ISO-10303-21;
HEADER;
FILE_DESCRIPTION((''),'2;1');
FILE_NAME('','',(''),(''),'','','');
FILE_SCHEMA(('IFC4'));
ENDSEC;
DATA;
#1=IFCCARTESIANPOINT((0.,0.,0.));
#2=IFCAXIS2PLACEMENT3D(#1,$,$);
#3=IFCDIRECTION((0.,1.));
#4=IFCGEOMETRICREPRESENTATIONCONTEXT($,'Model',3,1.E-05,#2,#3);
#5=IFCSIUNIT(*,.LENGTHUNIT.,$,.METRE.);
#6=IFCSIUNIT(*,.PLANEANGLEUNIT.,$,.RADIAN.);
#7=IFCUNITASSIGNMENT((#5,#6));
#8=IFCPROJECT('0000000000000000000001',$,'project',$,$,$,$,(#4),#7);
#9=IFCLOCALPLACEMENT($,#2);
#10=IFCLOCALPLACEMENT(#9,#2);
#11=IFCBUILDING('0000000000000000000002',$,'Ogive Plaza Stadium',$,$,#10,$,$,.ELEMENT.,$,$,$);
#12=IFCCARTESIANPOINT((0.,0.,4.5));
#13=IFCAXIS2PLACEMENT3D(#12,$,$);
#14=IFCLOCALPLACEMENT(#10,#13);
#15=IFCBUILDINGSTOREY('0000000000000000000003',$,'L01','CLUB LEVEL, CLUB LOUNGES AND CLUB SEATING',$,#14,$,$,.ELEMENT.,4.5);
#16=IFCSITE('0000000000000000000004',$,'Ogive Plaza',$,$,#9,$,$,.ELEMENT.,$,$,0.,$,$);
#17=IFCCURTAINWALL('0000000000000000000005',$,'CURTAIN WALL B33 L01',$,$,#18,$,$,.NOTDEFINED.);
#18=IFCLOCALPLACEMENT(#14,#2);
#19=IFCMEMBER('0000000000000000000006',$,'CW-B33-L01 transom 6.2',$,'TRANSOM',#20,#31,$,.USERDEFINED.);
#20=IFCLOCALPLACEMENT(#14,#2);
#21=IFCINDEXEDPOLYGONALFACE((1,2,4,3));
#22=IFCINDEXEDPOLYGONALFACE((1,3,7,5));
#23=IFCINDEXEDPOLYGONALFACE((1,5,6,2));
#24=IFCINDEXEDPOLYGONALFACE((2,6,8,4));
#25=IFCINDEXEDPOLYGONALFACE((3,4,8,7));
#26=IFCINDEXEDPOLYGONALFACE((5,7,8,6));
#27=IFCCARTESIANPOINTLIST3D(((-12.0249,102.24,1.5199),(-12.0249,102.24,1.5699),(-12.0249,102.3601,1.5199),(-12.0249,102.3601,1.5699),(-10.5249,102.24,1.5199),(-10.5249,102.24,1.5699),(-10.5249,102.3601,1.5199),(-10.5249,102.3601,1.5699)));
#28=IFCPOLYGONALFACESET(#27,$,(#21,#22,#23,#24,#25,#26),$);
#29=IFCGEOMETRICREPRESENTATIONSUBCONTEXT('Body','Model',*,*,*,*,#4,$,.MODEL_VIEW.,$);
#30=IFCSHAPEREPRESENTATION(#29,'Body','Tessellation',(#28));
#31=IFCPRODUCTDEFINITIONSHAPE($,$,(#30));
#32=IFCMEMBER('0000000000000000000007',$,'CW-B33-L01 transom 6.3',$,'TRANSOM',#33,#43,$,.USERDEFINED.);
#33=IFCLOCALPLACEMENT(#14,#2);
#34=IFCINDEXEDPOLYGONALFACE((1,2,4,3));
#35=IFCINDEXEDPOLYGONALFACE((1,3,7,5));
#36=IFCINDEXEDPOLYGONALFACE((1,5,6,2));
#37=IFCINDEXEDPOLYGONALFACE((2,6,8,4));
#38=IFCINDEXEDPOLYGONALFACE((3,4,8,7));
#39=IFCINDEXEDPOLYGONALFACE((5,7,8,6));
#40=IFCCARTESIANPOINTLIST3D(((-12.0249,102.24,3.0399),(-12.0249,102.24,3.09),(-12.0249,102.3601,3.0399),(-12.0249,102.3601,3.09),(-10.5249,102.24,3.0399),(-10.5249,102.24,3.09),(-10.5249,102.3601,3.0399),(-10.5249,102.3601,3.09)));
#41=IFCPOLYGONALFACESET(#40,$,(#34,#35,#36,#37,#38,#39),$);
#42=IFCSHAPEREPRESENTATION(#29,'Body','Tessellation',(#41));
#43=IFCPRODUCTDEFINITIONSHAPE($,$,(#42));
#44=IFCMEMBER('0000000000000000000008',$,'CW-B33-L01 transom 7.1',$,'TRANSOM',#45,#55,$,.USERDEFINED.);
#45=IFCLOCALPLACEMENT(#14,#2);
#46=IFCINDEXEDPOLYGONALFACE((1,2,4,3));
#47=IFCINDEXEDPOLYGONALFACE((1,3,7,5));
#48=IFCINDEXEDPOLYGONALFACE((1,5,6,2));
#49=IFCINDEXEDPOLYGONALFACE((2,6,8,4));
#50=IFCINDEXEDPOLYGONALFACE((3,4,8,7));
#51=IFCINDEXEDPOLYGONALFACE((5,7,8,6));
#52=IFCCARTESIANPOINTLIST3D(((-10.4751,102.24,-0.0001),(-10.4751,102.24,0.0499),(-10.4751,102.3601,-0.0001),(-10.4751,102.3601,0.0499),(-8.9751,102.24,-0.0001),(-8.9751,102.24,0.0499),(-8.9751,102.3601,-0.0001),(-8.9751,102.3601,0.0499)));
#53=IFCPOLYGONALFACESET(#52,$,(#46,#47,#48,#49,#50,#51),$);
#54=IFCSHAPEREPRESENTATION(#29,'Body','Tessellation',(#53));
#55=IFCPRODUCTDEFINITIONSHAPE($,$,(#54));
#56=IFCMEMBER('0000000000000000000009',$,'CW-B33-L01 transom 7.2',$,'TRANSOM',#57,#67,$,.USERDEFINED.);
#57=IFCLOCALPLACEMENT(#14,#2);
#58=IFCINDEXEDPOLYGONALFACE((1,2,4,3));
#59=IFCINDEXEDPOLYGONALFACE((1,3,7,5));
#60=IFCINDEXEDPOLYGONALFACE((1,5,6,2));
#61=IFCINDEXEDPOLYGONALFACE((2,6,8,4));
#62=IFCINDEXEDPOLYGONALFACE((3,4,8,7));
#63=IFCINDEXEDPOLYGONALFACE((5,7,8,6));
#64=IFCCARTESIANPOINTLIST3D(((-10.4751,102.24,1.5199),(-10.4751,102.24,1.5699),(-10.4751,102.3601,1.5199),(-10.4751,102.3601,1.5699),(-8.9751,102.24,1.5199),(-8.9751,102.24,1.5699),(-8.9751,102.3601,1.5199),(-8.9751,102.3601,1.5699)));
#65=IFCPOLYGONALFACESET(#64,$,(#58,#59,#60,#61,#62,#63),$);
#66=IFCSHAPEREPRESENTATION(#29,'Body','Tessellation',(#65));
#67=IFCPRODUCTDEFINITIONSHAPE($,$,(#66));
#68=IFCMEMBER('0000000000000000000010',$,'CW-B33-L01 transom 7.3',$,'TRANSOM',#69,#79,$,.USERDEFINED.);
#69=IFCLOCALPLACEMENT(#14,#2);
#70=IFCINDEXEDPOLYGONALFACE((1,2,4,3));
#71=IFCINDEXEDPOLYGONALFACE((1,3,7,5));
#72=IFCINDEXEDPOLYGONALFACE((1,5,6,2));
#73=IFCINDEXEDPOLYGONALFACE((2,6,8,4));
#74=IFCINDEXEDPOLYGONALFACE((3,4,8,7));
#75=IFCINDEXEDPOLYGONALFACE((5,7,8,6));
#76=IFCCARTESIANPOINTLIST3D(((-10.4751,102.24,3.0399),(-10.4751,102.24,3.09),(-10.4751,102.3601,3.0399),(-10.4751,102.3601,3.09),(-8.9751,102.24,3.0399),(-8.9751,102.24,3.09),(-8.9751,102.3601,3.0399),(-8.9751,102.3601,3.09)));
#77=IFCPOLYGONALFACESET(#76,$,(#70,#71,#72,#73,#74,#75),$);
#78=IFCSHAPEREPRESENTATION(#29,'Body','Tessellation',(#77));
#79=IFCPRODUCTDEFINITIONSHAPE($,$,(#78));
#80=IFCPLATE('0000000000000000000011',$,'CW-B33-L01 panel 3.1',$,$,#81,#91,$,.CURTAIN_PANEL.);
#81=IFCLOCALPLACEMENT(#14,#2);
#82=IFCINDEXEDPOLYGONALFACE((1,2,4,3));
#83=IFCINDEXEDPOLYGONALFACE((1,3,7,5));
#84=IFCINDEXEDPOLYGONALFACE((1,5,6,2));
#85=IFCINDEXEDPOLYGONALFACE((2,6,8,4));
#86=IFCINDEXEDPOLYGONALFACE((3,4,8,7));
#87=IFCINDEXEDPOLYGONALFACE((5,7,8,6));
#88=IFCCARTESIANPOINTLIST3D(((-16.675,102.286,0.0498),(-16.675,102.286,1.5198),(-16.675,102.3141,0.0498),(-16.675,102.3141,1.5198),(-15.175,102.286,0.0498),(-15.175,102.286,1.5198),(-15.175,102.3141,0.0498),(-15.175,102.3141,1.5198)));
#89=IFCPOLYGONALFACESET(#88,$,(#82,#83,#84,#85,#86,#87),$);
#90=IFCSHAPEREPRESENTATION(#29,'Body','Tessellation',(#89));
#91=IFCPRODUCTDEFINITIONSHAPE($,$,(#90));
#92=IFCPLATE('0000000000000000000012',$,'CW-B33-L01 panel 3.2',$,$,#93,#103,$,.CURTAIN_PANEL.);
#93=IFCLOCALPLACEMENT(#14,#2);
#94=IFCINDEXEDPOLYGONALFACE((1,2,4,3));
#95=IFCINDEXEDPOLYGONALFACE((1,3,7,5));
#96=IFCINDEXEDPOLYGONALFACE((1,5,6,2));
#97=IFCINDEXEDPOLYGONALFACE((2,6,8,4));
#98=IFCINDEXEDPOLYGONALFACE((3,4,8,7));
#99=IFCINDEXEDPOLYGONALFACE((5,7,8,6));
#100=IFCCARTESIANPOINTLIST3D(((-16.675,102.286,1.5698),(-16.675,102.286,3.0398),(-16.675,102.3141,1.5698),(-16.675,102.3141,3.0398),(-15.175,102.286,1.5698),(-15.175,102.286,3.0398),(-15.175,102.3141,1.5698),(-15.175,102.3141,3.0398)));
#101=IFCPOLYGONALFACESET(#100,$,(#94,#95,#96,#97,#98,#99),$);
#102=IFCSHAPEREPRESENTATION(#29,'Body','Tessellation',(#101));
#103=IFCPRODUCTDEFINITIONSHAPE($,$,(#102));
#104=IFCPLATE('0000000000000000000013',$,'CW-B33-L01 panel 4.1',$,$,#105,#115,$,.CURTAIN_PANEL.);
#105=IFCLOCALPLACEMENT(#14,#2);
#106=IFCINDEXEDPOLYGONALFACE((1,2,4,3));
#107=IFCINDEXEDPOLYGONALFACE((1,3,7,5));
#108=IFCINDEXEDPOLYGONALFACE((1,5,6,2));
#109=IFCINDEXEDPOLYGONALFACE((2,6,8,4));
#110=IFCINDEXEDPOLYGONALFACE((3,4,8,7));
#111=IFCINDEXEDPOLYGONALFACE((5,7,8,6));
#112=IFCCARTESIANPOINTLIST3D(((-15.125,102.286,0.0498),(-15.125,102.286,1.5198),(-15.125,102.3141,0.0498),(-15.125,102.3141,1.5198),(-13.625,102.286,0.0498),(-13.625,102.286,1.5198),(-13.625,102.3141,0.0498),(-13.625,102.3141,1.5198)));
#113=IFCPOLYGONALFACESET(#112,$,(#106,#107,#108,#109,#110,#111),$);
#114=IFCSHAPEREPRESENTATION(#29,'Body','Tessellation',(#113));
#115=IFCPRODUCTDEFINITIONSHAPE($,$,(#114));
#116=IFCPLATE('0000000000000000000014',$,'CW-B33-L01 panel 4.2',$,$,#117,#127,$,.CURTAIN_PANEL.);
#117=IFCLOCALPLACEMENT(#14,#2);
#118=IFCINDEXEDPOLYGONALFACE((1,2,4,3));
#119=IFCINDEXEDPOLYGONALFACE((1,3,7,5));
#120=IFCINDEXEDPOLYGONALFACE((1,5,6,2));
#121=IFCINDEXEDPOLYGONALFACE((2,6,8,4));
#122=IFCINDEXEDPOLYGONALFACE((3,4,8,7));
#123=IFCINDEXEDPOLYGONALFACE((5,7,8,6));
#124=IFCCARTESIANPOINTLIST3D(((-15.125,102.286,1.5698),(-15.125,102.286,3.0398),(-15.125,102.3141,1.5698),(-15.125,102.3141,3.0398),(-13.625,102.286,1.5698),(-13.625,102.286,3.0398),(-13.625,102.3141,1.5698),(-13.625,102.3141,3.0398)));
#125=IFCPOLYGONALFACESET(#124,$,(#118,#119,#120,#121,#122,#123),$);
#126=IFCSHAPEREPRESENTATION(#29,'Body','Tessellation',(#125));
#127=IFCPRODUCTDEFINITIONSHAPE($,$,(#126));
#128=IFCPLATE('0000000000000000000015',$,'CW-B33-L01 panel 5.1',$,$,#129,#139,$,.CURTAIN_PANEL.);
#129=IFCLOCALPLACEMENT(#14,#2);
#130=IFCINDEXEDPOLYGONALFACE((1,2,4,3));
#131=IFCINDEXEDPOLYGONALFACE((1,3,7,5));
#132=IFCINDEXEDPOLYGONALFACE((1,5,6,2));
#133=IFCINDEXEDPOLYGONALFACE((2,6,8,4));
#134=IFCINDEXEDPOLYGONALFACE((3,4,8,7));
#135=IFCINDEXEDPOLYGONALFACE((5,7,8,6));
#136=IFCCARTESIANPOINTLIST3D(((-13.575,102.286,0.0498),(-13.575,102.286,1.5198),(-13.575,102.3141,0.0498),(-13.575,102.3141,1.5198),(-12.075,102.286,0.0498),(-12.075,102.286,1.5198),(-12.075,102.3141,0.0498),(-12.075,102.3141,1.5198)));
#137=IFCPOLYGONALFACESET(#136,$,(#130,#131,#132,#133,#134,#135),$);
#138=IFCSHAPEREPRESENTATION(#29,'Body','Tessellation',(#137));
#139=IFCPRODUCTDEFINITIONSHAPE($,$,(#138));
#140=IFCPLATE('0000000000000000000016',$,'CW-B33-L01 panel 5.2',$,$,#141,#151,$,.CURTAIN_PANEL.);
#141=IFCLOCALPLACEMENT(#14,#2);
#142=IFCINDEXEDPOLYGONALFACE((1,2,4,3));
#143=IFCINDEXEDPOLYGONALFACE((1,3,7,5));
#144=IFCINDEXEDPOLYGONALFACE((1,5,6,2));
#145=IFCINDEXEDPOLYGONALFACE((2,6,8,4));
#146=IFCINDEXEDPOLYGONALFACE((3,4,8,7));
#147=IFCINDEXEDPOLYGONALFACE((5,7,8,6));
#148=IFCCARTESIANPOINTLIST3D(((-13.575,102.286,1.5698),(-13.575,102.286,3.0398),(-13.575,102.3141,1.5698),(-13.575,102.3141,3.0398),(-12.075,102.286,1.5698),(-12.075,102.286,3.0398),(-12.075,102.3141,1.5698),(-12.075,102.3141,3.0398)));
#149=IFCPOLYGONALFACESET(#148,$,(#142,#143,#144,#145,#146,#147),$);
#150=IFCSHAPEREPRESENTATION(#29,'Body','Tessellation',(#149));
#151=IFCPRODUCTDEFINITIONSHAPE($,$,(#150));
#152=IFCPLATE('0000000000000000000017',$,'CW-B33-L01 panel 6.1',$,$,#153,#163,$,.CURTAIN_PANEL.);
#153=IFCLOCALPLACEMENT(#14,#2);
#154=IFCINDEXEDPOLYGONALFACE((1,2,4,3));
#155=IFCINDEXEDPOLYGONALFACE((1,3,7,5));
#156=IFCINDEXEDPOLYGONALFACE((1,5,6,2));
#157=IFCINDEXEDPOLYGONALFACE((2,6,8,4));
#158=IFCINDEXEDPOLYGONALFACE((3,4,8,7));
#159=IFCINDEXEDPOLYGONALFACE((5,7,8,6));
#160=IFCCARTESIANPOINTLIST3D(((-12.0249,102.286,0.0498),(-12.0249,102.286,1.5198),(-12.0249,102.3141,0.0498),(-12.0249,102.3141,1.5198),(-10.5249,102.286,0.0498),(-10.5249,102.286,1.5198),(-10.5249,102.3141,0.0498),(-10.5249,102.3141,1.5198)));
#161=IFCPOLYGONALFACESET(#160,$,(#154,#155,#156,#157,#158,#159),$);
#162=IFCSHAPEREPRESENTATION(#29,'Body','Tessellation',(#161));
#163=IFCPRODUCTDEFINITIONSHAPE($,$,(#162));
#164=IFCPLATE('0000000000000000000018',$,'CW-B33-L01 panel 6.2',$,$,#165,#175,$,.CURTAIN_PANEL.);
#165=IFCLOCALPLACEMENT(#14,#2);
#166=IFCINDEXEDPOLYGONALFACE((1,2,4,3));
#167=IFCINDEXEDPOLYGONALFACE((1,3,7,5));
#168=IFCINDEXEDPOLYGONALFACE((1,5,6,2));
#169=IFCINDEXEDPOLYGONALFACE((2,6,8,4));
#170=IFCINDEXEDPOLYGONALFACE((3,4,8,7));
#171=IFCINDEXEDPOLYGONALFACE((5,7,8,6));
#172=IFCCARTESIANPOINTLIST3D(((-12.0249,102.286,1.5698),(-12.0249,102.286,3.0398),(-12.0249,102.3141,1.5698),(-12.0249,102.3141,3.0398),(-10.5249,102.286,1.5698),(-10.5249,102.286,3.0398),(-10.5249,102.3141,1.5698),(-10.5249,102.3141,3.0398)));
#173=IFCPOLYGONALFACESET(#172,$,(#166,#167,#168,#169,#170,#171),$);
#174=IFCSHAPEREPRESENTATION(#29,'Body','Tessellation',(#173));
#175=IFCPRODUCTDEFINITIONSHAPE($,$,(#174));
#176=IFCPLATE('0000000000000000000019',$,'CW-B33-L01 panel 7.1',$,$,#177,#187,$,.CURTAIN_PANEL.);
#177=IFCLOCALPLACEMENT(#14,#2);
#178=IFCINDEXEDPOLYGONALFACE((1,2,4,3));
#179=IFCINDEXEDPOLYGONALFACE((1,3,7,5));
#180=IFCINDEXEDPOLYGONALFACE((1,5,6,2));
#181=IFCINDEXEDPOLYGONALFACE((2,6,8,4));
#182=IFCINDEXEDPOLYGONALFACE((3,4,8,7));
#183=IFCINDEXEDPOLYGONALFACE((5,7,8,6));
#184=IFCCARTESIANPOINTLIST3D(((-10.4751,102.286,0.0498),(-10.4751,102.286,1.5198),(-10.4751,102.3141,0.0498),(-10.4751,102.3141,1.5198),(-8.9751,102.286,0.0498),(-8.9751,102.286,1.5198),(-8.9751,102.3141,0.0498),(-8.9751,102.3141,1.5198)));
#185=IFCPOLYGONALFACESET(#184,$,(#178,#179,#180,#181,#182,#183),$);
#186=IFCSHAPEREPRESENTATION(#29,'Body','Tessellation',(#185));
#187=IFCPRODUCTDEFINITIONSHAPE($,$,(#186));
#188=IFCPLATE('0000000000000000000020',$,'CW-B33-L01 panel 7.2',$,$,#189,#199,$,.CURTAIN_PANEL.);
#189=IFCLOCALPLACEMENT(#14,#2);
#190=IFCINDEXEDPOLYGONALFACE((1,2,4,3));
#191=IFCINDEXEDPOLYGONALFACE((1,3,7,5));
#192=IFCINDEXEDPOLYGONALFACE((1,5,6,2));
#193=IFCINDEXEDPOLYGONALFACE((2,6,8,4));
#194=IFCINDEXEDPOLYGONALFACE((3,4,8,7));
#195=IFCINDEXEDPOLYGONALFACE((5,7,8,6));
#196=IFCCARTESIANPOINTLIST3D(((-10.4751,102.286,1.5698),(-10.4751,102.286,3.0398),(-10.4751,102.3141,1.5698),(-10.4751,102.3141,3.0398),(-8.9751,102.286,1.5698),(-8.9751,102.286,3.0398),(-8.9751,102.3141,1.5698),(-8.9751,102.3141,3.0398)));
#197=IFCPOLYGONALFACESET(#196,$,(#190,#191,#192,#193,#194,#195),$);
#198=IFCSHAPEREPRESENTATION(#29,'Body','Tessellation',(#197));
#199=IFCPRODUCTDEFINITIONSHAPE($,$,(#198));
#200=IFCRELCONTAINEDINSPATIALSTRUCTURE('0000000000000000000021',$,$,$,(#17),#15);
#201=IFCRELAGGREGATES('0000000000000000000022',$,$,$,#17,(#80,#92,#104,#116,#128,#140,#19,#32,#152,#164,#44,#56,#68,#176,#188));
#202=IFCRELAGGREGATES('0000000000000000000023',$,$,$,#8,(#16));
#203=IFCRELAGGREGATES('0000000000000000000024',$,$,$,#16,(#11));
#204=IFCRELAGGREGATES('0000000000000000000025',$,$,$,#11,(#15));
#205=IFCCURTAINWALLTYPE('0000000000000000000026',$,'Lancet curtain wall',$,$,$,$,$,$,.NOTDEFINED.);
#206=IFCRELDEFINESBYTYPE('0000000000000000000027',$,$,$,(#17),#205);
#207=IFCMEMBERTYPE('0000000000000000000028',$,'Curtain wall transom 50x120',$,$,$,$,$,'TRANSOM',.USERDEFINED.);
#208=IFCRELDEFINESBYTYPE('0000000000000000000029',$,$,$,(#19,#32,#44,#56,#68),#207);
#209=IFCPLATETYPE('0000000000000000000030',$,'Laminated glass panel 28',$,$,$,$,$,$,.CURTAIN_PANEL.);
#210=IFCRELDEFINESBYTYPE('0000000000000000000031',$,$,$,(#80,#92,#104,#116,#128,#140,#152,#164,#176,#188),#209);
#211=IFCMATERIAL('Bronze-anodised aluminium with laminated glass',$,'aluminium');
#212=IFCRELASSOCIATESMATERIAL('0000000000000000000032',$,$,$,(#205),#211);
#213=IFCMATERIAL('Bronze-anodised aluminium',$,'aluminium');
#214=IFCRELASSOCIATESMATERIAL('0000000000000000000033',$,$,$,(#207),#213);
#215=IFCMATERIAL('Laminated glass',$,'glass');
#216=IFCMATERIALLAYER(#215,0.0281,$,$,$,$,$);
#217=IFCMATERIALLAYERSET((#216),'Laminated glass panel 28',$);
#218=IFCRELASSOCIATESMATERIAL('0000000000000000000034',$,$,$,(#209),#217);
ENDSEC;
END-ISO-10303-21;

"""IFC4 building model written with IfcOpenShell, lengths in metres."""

from ifc_helpers import new_model, si_unit, direction, frame, origin, origin_2d, place, context, subcontext, project, spatial, rectangle, extrude, material, layer, layer_set, material_profile, profile_set, type_object, element, aggregate, save


model = new_model("IFC4")

# Units and contexts
model_context = context("Model", 3, precision=1e-05, world=origin(), true_north=direction((0.0, 1.0)))
body_context = subcontext(model_context, "Body", "Model", "MODEL_VIEW")
ifc_project = project(units=[si_unit("LENGTHUNIT", "METRE"), si_unit("PLANEANGLEUNIT", "RADIAN")], contexts=[model_context])

# Site, building, storey
site_placement = place(None, origin())
site = spatial("IfcSite", under=ifc_project, at=site_placement, Name="Ogive Plaza", CompositionType="ELEMENT", RefElevation=0.0)
building_placement = place(site_placement, origin())
building = spatial("IfcBuilding", under=site, at=building_placement, Name="Ogive Plaza Stadium", CompositionType="ELEMENT")
storey_placement = place(building_placement, frame((0.0, 0.0, 4.5)))
storey = spatial("IfcBuildingStorey", under=building, at=storey_placement, Name="L01", Description="CLUB LEVEL, CLUB LOUNGES AND CLUB SEATING", CompositionType="ELEMENT", Elevation=4.5)

# Curtain wall, members, plates
ifc_material_1 = material(Name="Bronze-anodised aluminium with laminated glass", Category="aluminium")
curtain_wall_type = type_object("IfcCurtainWallType", Name="Lancet curtain wall", PredefinedType="NOTDEFINED", material=ifc_material_1)
curtain_wall_placement = place(storey_placement, origin())
curtain_wall = element("IfcCurtainWall", 1, at=curtain_wall_placement, inside=storey, type_object=curtain_wall_type, Name="CURTAIN WALL B33 L01", PredefinedType="NOTDEFINED")
ifc_material_2 = material(Name="Bronze-anodised aluminium", Category="aluminium")
ifc_material_profile_1 = material_profile(ifc_material_2, rectangle(XDim=0.1201, YDim=0.05, at=origin_2d()), Name="AL 120x50")
ifc_profile_set_1 = profile_set([ifc_material_profile_1], Name="Bronze-anodised aluminium")
member_type_1 = type_object("IfcMemberType", Name="Curtain wall transom 50x120", ElementType="TRANSOM", PredefinedType="USERDEFINED", material=ifc_profile_set_1)
member_1_placement = place(storey_placement, frame((-12.0249, 102.3, 1.5449), z_axis=(1.0, 0.0, 0.0), x_axis=(0.0, 1.0, 0.0)))
member_1 = element("IfcMember", 2, at=member_1_placement, type_object=member_type_1, Name="CW-B33-L01 transom 6.2", ObjectType="TRANSOM", PredefinedType="USERDEFINED", context=body_context, shape_type="SweptSolid", body=[
    extrude(rectangle(XDim=0.1201, YDim=0.05, at=origin_2d()), origin(), (0.0, 0.0, 1.0), 1.5),
])
member_2_placement = place(storey_placement, frame((-12.0249, 102.3, 3.0649), z_axis=(1.0, 0.0, 0.0), x_axis=(0.0, 1.0, 0.0)))
member_2 = element("IfcMember", 3, at=member_2_placement, type_object=member_type_1, Name="CW-B33-L01 transom 6.3", ObjectType="TRANSOM", PredefinedType="USERDEFINED", context=body_context, shape_type="SweptSolid", body=[
    extrude(rectangle(XDim=0.1201, YDim=0.05, at=origin_2d()), origin(), (0.0, 0.0, 1.0), 1.5),
])
member_3_placement = place(storey_placement, frame((-10.4751, 102.3, 0.0249), z_axis=(1.0, 0.0, 0.0), x_axis=(0.0, 1.0, 0.0)))
member_3 = element("IfcMember", 4, at=member_3_placement, type_object=member_type_1, Name="CW-B33-L01 transom 7.1", ObjectType="TRANSOM", PredefinedType="USERDEFINED", context=body_context, shape_type="SweptSolid", body=[
    extrude(rectangle(XDim=0.1201, YDim=0.05, at=origin_2d()), origin(), (0.0, 0.0, 1.0), 1.5),
])
member_4_placement = place(storey_placement, frame((-10.4751, 102.3, 1.5449), z_axis=(1.0, 0.0, 0.0), x_axis=(0.0, 1.0, 0.0)))
member_4 = element("IfcMember", 5, at=member_4_placement, type_object=member_type_1, Name="CW-B33-L01 transom 7.2", ObjectType="TRANSOM", PredefinedType="USERDEFINED", context=body_context, shape_type="SweptSolid", body=[
    extrude(rectangle(XDim=0.1201, YDim=0.05, at=origin_2d()), origin(), (0.0, 0.0, 1.0), 1.5),
])
member_5_placement = place(storey_placement, frame((-10.4751, 102.3, 3.0649), z_axis=(1.0, 0.0, 0.0), x_axis=(0.0, 1.0, 0.0)))
member_5 = element("IfcMember", 6, at=member_5_placement, type_object=member_type_1, Name="CW-B33-L01 transom 7.3", ObjectType="TRANSOM", PredefinedType="USERDEFINED", context=body_context, shape_type="SweptSolid", body=[
    extrude(rectangle(XDim=0.1201, YDim=0.05, at=origin_2d()), origin(), (0.0, 0.0, 1.0), 1.5),
])
ifc_material_3 = material(Name="Laminated glass", Category="glass")
ifc_layer_1 = layer(ifc_material_3, 0.0281)
ifc_layer_set_1 = layer_set([ifc_layer_1], Name="Laminated glass panel 28")
plate_type = type_object("IfcPlateType", Name="Laminated glass panel 28", PredefinedType="CURTAIN_PANEL", material=ifc_layer_set_1)
plate_1_placement = place(storey_placement, frame((-15.925, 102.3, 0.0498), z_axis=(0.0, 0.0, 1.0), x_axis=(1.0, 0.0, 0.0)))
plate_1 = element("IfcPlate", 7, at=plate_1_placement, type_object=plate_type, Name="CW-B33-L01 panel 3.1", PredefinedType="CURTAIN_PANEL", context=body_context, shape_type="SweptSolid", body=[
    extrude(rectangle(XDim=1.5, YDim=0.0281, at=origin_2d()), origin(), (0.0, 0.0, 1.0), 1.47),
])
plate_2_placement = place(storey_placement, frame((-15.925, 102.3, 1.5698), z_axis=(0.0, 0.0, 1.0), x_axis=(1.0, 0.0, 0.0)))
plate_2 = element("IfcPlate", 8, at=plate_2_placement, type_object=plate_type, Name="CW-B33-L01 panel 3.2", PredefinedType="CURTAIN_PANEL", context=body_context, shape_type="SweptSolid", body=[
    extrude(rectangle(XDim=1.5, YDim=0.0281, at=origin_2d()), origin(), (0.0, 0.0, 1.0), 1.47),
])
plate_3_placement = place(storey_placement, frame((-14.375, 102.3, 0.0498), z_axis=(0.0, 0.0, 1.0), x_axis=(1.0, 0.0, 0.0)))
plate_3 = element("IfcPlate", 9, at=plate_3_placement, type_object=plate_type, Name="CW-B33-L01 panel 4.1", PredefinedType="CURTAIN_PANEL", context=body_context, shape_type="SweptSolid", body=[
    extrude(rectangle(XDim=1.5, YDim=0.0281, at=origin_2d()), origin(), (0.0, 0.0, 1.0), 1.47),
])
plate_4_placement = place(storey_placement, frame((-14.375, 102.3, 1.5698), z_axis=(0.0, 0.0, 1.0), x_axis=(1.0, 0.0, 0.0)))
plate_4 = element("IfcPlate", 10, at=plate_4_placement, type_object=plate_type, Name="CW-B33-L01 panel 4.2", PredefinedType="CURTAIN_PANEL", context=body_context, shape_type="SweptSolid", body=[
    extrude(rectangle(XDim=1.5, YDim=0.0281, at=origin_2d()), origin(), (0.0, 0.0, 1.0), 1.47),
])
plate_5_placement = place(storey_placement, frame((-12.825, 102.3, 0.0498), z_axis=(0.0, 0.0, 1.0), x_axis=(1.0, 0.0, 0.0)))
plate_5 = element("IfcPlate", 11, at=plate_5_placement, type_object=plate_type, Name="CW-B33-L01 panel 5.1", PredefinedType="CURTAIN_PANEL", context=body_context, shape_type="SweptSolid", body=[
    extrude(rectangle(XDim=1.5, YDim=0.0281, at=origin_2d()), origin(), (0.0, 0.0, 1.0), 1.47),
])
plate_6_placement = place(storey_placement, frame((-12.825, 102.3, 1.5698), z_axis=(0.0, 0.0, 1.0), x_axis=(1.0, 0.0, 0.0)))
plate_6 = element("IfcPlate", 12, at=plate_6_placement, type_object=plate_type, Name="CW-B33-L01 panel 5.2", PredefinedType="CURTAIN_PANEL", context=body_context, shape_type="SweptSolid", body=[
    extrude(rectangle(XDim=1.5, YDim=0.0281, at=origin_2d()), origin(), (0.0, 0.0, 1.0), 1.47),
])
plate_7_placement = place(storey_placement, frame((-11.2749, 102.3, 0.0498), z_axis=(0.0, 0.0, 1.0), x_axis=(1.0, 0.0, 0.0)))
plate_7 = element("IfcPlate", 13, at=plate_7_placement, type_object=plate_type, Name="CW-B33-L01 panel 6.1", PredefinedType="CURTAIN_PANEL", context=body_context, shape_type="SweptSolid", body=[
    extrude(rectangle(XDim=1.5, YDim=0.0281, at=origin_2d()), origin(), (0.0, 0.0, 1.0), 1.47),
])
plate_8_placement = place(storey_placement, frame((-11.2749, 102.3, 1.5698), z_axis=(0.0, 0.0, 1.0), x_axis=(1.0, 0.0, 0.0)))
plate_8 = element("IfcPlate", 14, at=plate_8_placement, type_object=plate_type, Name="CW-B33-L01 panel 6.2", PredefinedType="CURTAIN_PANEL", context=body_context, shape_type="SweptSolid", body=[
    extrude(rectangle(XDim=1.5, YDim=0.0281, at=origin_2d()), origin(), (0.0, 0.0, 1.0), 1.47),
])
plate_9_placement = place(storey_placement, frame((-9.7251, 102.3, 0.0498), z_axis=(0.0, 0.0, 1.0), x_axis=(1.0, 0.0, 0.0)))
plate_9 = element("IfcPlate", 15, at=plate_9_placement, type_object=plate_type, Name="CW-B33-L01 panel 7.1", PredefinedType="CURTAIN_PANEL", context=body_context, shape_type="SweptSolid", body=[
    extrude(rectangle(XDim=1.5, YDim=0.0281, at=origin_2d()), origin(), (0.0, 0.0, 1.0), 1.47),
])
plate_10_placement = place(storey_placement, frame((-9.7251, 102.3, 1.5698), z_axis=(0.0, 0.0, 1.0), x_axis=(1.0, 0.0, 0.0)))
plate_10 = element("IfcPlate", 16, at=plate_10_placement, type_object=plate_type, Name="CW-B33-L01 panel 7.2", PredefinedType="CURTAIN_PANEL", context=body_context, shape_type="SweptSolid", body=[
    extrude(rectangle(XDim=1.5, YDim=0.0281, at=origin_2d()), origin(), (0.0, 0.0, 1.0), 1.47),
])
aggregate(curtain_wall, [plate_1, plate_2, plate_3, plate_4, plate_5, plate_6, member_1, member_2, plate_7, plate_8, member_3, member_4, member_5, plate_9, plate_10])

save(model, "model.ifc")
